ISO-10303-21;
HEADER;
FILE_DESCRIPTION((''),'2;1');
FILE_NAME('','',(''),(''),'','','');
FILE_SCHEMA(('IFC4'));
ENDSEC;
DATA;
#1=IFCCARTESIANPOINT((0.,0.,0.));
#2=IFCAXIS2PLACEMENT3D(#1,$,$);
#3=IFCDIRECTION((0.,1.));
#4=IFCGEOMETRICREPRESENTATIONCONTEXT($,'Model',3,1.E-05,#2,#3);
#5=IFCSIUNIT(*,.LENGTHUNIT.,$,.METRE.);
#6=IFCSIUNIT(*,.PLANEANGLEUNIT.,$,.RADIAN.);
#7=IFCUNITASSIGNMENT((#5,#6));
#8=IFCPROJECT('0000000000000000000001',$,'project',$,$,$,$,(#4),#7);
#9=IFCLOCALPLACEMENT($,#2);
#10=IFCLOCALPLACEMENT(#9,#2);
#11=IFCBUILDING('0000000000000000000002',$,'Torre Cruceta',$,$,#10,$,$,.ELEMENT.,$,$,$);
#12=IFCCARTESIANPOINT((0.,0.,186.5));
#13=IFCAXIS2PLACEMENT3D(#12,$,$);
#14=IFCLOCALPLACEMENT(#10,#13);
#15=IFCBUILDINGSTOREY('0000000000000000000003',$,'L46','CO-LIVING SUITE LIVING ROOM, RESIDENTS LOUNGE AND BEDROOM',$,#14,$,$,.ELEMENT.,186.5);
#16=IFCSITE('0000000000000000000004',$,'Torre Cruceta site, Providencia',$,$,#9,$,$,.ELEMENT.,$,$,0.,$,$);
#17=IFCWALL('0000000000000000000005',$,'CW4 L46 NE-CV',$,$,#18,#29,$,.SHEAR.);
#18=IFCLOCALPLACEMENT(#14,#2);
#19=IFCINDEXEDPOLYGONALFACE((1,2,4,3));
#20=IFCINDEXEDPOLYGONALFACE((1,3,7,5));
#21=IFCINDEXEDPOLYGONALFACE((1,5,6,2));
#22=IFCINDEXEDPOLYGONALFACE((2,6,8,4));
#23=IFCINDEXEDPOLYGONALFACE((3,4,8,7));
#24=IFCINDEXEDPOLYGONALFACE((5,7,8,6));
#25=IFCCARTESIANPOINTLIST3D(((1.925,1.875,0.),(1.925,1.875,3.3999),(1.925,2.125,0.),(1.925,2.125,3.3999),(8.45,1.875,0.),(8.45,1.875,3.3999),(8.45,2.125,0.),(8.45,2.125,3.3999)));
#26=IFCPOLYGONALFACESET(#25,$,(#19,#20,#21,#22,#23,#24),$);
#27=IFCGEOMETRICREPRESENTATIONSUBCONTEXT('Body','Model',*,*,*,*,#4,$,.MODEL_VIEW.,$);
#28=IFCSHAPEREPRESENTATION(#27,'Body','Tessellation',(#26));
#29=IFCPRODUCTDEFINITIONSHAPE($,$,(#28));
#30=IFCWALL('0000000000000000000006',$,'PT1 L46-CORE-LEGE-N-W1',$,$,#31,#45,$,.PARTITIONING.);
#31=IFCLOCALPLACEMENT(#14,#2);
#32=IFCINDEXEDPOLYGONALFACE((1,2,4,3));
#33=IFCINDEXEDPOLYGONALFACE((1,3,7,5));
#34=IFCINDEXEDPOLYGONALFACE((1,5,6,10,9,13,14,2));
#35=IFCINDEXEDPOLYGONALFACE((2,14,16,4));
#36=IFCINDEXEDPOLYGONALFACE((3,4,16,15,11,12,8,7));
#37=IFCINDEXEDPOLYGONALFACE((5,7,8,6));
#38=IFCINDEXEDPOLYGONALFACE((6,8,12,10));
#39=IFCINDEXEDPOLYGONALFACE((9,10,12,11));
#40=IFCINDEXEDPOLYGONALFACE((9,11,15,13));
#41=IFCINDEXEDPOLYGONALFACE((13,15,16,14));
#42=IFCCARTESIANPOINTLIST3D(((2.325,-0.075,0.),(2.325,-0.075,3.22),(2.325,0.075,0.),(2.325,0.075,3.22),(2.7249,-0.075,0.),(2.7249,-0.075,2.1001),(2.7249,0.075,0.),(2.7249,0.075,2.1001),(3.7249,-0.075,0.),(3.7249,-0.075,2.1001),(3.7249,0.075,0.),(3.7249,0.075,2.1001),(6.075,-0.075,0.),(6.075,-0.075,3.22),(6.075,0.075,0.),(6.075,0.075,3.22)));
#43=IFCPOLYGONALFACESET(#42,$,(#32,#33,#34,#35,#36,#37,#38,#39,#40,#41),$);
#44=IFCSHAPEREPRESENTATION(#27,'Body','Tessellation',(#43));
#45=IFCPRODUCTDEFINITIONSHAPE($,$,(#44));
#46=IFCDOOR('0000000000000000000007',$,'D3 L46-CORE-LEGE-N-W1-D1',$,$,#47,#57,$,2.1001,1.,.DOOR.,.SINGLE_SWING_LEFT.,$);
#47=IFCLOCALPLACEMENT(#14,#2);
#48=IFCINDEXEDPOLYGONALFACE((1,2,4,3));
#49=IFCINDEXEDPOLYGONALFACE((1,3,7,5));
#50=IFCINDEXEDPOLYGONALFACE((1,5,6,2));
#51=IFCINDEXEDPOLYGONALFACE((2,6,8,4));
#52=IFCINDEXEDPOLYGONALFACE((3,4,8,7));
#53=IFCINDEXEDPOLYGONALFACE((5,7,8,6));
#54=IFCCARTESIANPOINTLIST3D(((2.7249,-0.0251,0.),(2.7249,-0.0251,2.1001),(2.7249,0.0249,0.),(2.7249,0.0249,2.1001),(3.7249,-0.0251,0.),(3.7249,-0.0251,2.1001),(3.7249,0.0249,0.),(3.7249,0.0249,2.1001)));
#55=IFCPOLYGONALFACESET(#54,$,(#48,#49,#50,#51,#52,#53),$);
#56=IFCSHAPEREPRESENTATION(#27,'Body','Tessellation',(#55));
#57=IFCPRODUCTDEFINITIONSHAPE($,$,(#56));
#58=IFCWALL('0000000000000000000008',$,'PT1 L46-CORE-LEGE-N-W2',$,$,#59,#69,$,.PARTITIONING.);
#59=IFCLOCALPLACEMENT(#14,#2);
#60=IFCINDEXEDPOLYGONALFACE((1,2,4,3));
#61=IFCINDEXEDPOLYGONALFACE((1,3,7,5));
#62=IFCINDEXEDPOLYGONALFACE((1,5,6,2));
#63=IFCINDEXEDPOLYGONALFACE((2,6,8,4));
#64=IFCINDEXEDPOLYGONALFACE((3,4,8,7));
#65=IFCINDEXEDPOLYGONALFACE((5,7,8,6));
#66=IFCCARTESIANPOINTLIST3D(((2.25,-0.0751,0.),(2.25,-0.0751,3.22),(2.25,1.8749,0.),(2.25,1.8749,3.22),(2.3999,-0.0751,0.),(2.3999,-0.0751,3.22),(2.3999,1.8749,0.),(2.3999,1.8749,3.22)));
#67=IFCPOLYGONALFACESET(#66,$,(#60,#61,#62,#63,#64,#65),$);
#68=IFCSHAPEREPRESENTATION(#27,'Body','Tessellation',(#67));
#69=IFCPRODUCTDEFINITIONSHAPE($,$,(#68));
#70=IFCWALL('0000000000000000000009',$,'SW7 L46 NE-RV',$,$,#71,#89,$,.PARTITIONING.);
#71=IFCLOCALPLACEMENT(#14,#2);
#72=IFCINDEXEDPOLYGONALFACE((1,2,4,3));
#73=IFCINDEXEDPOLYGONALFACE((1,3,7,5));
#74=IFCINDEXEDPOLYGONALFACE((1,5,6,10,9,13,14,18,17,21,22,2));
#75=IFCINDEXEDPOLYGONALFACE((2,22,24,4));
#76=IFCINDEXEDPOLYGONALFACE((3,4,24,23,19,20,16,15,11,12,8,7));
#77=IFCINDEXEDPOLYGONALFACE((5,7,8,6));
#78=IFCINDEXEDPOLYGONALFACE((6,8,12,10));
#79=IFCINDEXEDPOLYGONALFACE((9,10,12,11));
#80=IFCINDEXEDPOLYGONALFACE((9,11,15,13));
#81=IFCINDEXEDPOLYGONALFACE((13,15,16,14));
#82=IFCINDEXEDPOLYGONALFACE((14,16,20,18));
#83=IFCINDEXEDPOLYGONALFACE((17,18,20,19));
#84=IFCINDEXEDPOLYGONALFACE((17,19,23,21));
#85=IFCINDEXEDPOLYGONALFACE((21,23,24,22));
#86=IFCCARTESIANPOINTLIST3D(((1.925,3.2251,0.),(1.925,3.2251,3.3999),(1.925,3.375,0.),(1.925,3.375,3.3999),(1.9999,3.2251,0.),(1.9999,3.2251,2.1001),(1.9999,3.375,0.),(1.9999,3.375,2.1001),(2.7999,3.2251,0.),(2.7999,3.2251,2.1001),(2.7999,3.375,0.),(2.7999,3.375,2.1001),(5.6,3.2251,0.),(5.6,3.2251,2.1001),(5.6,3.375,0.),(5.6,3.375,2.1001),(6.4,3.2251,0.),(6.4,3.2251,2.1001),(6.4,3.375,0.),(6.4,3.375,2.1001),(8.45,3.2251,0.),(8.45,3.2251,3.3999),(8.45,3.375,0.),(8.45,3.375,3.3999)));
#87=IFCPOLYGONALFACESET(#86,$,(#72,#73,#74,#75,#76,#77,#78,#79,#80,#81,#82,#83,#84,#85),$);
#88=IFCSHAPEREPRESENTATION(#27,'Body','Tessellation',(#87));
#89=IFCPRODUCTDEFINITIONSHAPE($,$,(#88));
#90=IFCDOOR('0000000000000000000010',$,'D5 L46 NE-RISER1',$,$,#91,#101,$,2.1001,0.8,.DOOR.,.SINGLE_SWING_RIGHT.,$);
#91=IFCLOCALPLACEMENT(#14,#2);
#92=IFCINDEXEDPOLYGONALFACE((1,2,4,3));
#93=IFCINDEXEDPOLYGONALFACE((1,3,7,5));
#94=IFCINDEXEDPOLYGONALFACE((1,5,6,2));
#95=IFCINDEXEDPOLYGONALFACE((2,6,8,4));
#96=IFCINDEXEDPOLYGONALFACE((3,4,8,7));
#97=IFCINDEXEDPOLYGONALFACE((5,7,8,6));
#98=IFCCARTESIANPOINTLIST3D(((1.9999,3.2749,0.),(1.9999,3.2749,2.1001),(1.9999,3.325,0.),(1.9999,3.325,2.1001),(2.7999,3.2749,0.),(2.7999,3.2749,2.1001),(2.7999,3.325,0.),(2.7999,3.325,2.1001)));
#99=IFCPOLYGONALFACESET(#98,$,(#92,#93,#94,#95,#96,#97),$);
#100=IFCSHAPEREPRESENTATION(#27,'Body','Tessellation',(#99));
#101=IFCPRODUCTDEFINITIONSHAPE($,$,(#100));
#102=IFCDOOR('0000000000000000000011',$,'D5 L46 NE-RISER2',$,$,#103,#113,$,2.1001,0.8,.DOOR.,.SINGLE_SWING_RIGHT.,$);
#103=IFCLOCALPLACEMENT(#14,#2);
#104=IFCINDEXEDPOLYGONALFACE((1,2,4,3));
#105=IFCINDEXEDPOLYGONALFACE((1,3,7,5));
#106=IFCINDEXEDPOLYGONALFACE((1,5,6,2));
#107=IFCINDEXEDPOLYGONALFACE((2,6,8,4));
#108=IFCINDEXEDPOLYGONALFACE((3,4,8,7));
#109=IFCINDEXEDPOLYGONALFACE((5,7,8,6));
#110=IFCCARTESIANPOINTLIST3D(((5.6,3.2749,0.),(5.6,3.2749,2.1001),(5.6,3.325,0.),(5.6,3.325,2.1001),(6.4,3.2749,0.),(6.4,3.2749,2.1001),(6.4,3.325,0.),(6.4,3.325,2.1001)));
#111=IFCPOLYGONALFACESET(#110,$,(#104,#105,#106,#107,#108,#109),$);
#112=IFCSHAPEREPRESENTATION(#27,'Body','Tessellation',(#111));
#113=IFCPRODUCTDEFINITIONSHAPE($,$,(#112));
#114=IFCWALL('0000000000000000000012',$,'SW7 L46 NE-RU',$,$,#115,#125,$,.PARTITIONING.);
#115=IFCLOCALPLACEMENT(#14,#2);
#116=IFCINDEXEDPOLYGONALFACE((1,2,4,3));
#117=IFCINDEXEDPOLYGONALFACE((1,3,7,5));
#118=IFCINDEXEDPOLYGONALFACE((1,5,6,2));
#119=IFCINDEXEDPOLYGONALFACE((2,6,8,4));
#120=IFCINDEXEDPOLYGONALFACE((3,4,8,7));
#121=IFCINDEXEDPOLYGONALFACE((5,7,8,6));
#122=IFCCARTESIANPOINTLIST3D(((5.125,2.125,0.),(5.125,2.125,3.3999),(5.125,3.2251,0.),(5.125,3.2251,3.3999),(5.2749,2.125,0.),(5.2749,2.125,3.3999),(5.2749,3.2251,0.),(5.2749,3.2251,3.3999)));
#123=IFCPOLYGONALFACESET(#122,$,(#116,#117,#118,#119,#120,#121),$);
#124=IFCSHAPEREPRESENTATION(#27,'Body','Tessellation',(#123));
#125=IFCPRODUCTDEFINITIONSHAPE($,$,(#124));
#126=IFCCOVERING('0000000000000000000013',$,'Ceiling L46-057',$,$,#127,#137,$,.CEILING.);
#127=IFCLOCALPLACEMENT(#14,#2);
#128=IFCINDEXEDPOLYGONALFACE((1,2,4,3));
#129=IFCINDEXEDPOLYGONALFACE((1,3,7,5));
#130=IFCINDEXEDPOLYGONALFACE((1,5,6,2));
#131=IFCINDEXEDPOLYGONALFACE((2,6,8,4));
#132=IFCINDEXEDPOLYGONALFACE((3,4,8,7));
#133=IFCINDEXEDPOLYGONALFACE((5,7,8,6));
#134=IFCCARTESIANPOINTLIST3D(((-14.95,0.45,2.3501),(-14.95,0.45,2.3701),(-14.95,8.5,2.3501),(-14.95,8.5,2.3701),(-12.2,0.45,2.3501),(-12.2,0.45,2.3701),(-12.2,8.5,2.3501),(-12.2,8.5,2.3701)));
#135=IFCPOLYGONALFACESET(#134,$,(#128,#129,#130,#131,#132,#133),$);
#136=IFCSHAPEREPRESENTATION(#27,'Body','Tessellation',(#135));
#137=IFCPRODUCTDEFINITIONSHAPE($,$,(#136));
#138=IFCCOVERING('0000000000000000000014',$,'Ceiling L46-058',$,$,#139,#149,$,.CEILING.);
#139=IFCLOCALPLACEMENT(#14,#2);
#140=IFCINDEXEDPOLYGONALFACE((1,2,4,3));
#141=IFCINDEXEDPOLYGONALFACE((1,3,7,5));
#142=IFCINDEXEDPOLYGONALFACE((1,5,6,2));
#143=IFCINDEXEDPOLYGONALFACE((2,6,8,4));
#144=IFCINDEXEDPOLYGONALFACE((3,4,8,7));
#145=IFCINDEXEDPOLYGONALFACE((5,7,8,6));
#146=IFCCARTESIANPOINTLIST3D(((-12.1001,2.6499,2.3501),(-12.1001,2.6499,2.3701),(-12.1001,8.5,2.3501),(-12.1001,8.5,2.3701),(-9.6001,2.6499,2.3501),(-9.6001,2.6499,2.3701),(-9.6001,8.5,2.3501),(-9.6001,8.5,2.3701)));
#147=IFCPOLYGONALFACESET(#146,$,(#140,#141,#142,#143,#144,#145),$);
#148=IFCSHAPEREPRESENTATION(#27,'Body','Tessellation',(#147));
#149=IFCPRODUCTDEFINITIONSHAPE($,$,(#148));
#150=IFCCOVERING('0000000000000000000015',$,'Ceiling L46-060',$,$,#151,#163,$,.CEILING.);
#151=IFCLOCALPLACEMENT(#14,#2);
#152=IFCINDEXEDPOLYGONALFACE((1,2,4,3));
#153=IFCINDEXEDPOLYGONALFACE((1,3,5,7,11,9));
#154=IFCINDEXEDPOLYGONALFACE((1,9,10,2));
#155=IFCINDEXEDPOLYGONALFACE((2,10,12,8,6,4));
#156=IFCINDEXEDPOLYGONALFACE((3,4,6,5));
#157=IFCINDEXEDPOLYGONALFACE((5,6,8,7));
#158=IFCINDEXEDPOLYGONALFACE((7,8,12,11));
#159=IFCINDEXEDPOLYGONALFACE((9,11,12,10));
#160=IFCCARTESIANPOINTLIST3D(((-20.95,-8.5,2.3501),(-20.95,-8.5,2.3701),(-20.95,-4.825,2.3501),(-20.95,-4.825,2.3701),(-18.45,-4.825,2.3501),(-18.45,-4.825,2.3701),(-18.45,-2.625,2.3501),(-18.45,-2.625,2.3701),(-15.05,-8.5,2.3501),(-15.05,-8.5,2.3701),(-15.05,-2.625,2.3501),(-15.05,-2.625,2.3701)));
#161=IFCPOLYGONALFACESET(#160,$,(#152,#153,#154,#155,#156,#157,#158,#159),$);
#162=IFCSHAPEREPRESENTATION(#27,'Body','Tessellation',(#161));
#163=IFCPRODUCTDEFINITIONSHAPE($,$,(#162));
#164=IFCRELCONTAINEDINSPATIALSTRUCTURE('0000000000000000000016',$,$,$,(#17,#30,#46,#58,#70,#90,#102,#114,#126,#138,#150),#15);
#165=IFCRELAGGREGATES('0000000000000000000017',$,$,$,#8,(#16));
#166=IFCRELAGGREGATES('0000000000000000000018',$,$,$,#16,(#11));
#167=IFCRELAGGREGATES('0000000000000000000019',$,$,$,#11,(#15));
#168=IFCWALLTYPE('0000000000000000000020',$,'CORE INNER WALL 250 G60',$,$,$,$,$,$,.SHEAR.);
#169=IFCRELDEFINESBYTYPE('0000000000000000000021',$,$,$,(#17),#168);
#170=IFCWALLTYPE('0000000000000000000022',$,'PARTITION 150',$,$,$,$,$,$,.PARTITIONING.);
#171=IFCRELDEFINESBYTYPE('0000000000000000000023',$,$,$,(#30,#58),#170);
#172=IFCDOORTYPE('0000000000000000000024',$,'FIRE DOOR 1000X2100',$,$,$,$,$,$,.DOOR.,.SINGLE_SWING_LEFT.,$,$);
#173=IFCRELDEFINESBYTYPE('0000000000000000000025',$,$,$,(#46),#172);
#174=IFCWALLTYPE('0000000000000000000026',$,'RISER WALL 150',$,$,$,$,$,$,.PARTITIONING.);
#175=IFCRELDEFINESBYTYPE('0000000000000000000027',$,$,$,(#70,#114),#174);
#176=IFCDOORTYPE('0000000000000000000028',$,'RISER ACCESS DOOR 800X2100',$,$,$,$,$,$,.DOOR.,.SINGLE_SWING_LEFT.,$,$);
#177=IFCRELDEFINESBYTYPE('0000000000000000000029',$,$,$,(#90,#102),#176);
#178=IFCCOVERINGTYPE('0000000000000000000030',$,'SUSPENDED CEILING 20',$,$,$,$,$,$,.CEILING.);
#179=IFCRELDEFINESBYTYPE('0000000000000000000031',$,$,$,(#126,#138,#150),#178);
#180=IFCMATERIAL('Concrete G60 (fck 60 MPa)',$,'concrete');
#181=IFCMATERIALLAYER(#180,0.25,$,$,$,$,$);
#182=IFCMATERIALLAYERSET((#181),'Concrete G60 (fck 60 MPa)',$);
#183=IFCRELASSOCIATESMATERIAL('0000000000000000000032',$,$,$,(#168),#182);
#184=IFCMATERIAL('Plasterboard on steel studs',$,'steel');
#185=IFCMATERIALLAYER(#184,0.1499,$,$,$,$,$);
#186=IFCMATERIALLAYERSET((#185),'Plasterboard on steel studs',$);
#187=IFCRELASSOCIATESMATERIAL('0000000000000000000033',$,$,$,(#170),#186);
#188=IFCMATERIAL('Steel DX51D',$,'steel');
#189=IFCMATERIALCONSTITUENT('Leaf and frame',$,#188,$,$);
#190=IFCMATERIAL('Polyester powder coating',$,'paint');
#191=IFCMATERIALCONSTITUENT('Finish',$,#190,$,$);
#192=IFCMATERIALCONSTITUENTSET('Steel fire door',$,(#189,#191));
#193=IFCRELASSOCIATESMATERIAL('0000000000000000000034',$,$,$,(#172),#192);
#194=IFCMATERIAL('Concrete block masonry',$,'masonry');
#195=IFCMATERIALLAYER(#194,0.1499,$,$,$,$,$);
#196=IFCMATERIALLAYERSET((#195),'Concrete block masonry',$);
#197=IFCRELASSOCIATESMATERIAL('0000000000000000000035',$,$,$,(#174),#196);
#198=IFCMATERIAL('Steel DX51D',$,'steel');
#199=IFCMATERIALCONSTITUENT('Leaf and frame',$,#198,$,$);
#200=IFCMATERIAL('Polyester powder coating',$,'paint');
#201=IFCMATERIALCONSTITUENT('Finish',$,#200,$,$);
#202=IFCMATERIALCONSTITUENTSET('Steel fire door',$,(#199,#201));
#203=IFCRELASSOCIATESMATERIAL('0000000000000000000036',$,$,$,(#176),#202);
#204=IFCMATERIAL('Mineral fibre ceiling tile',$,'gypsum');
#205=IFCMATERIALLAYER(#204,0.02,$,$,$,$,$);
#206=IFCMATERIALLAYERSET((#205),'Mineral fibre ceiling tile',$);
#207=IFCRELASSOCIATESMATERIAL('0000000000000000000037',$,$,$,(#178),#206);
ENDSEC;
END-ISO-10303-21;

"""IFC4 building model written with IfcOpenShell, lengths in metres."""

from ifc_helpers import new_model, si_unit, direction, frame, frame_2d, origin, place, context, subcontext, project, spatial, polyline, rectangle, outline, extrude, material, layer, layer_set, constituent, constituent_set, type_object, element, fill, save


model = new_model("IFC4")

# Units and contexts
model_context = context("Model", 3, precision=1e-05, world=origin(), true_north=direction((0.0, 1.0)))
body_context = subcontext(model_context, "Body", "Model", "MODEL_VIEW")
ifc_project = project(units=[si_unit("LENGTHUNIT", "METRE"), si_unit("PLANEANGLEUNIT", "RADIAN")], contexts=[model_context])

# Site, building, storey
site_placement = place(None, origin())
site = spatial("IfcSite", under=ifc_project, at=site_placement, Name="Torre Cruceta site, Providencia", CompositionType="ELEMENT", RefElevation=0.0)
building_placement = place(site_placement, origin())
building = spatial("IfcBuilding", under=site, at=building_placement, Name="Torre Cruceta", CompositionType="ELEMENT")
storey_placement = place(building_placement, frame((0.0, 0.0, 186.5)))
storey = spatial("IfcBuildingStorey", under=building, at=storey_placement, Name="L46", Description="CO-LIVING SUITE LIVING ROOM, RESIDENTS LOUNGE AND BEDROOM", CompositionType="ELEMENT", Elevation=186.5)

# Shared definitions
ifc_material_1 = material(Name="Concrete G60 (fck 60 MPa)", Category="concrete")
ifc_layer_1 = layer(ifc_material_1, 0.25)
ifc_layer_set_1 = layer_set([ifc_layer_1], Name="Concrete G60 (fck 60 MPa)")
wall_type_1 = type_object("IfcWallType", Name="CORE INNER WALL 250 G60", PredefinedType="SHEAR", material=ifc_layer_set_1)

# Wall
wall_1_placement = place(storey_placement, frame((1.925, 2.0, 0.0), z_axis=(0.0, 0.0, 1.0), x_axis=(1.0, 0.0, 0.0)))
element("IfcWall", 1, at=wall_1_placement, inside=storey, type_object=wall_type_1, Name="CW4 L46 NE-CV", PredefinedType="SHEAR", context=body_context, shape_type="SweptSolid", body=[
    extrude(rectangle(XDim=6.5249, YDim=0.25, at=frame_2d((3.2625, 0.0))), origin(), (0.0, 0.0, 1.0), 3.3999),
])

# Wall, opening, door
ifc_material_2 = material(Name="Plasterboard on steel studs", Category="steel")
ifc_layer_2 = layer(ifc_material_2, 0.1499)
ifc_layer_set_2 = layer_set([ifc_layer_2], Name="Plasterboard on steel studs")
wall_type_2 = type_object("IfcWallType", Name="PARTITION 150", PredefinedType="PARTITIONING", material=ifc_layer_set_2)
wall_2_placement = place(storey_placement, frame((2.325, 0.0, 0.0), z_axis=(0.0, 0.0, 1.0), x_axis=(1.0, 0.0, 0.0)))
wall_2 = element("IfcWall", 2, at=wall_2_placement, inside=storey, type_object=wall_type_2, Name="PT1 L46-CORE-LEGE-N-W1", PredefinedType="PARTITIONING", context=body_context, shape_type="SweptSolid", body=[
    extrude(rectangle(XDim=3.75, YDim=0.1499, at=frame_2d((1.875, 0.0))), origin(), (0.0, 0.0, 1.0), 3.22),
])
opening_1_placement = place(wall_2_placement, frame((0.3999, 0.0, 0.0)))
opening_1 = element("IfcOpeningElement", 3, at=opening_1_placement, cuts=wall_2, PredefinedType="OPENING", context=body_context, shape_type="SweptSolid", body=[
    extrude(rectangle(XDim=1.0, YDim=2.1001, at=frame_2d((0.5, 1.05))), frame((0.0, 0.085, 0.0), z_axis=(0.0, -1.0, 0.0), x_axis=(1.0, 0.0, 0.0)), (0.0, 0.0, 1.0), 0.1699),
])
ifc_material_3 = material(Name="Steel DX51D", Category="steel")
ifc_constituent_1 = constituent(ifc_material_3, Name="Leaf and frame")
ifc_material_4 = material(Name="Polyester powder coating", Category="paint")
ifc_constituent_2 = constituent(ifc_material_4, Name="Finish")
ifc_constituent_set_1 = constituent_set(constituents=[ifc_constituent_1, ifc_constituent_2], Name="Steel fire door")
door_type_1 = type_object("IfcDoorType", Name="FIRE DOOR 1000X2100", OperationType="SINGLE_SWING_LEFT", PredefinedType="DOOR", material=ifc_constituent_set_1)
door_1_placement = place(opening_1_placement, origin())
door_1 = element("IfcDoor", 4, at=door_1_placement, inside=storey, type_object=door_type_1, Name="D3 L46-CORE-LEGE-N-W1-D1", OperationType="SINGLE_SWING_LEFT", OverallHeight=2.1001, OverallWidth=1.0, PredefinedType="DOOR", context=body_context, shape_type="SweptSolid", body=[
    extrude(rectangle(XDim=1.0, YDim=2.1001, at=frame_2d((0.5, 1.05))), frame((0.0, 0.0249, 0.0), z_axis=(0.0, -1.0, 0.0), x_axis=(1.0, 0.0, 0.0)), (0.0, 0.0, 1.0), 0.05),
])
fill(opening_1, door_1)

# Wall
wall_3_placement = place(storey_placement, frame((2.325, 1.875, 0.0), z_axis=(0.0, 0.0, 1.0), x_axis=(0.0, -1.0, 0.0)))
element("IfcWall", 5, at=wall_3_placement, inside=storey, type_object=wall_type_2, Name="PT1 L46-CORE-LEGE-N-W2", PredefinedType="PARTITIONING", context=body_context, shape_type="SweptSolid", body=[
    extrude(rectangle(XDim=1.95, YDim=0.1499, at=frame_2d((0.9751, 0.0))), origin(), (0.0, 0.0, 1.0), 3.22),
])

# Wall, openings, doors
ifc_material_5 = material(Name="Concrete block masonry", Category="masonry")
ifc_layer_3 = layer(ifc_material_5, 0.1499)
ifc_layer_set_3 = layer_set([ifc_layer_3], Name="Concrete block masonry")
wall_type_3 = type_object("IfcWallType", Name="RISER WALL 150", PredefinedType="PARTITIONING", material=ifc_layer_set_3)
wall_4_placement = place(storey_placement, frame((1.925, 3.3, 0.0), z_axis=(0.0, 0.0, 1.0), x_axis=(1.0, 0.0, 0.0)))
wall_4 = element("IfcWall", 6, at=wall_4_placement, inside=storey, type_object=wall_type_3, Name="SW7 L46 NE-RV", PredefinedType="PARTITIONING", context=body_context, shape_type="SweptSolid", body=[
    extrude(rectangle(XDim=6.5249, YDim=0.1499, at=frame_2d((3.2625, 0.0))), origin(), (0.0, 0.0, 1.0), 3.3999),
])
opening_2_placement = place(wall_4_placement, frame((0.075, 0.0, 0.0)))
opening_2 = element("IfcOpeningElement", 7, at=opening_2_placement, cuts=wall_4, PredefinedType="OPENING", context=body_context, shape_type="SweptSolid", body=[
    extrude(rectangle(XDim=0.8, YDim=2.1001, at=frame_2d((0.3999, 1.05))), frame((0.0, 0.085, 0.0), z_axis=(0.0, -1.0, 0.0), x_axis=(1.0, 0.0, 0.0)), (0.0, 0.0, 1.0), 0.1699),
])
opening_3_placement = place(wall_4_placement, frame((3.675, 0.0, 0.0)))
opening_3 = element("IfcOpeningElement", 8, at=opening_3_placement, cuts=wall_4, PredefinedType="OPENING", context=body_context, shape_type="SweptSolid", body=[
    extrude(rectangle(XDim=0.8, YDim=2.1001, at=frame_2d((0.3999, 1.05))), frame((0.0, 0.085, 0.0), z_axis=(0.0, -1.0, 0.0), x_axis=(1.0, 0.0, 0.0)), (0.0, 0.0, 1.0), 0.1699),
])
ifc_material_6 = material(Name="Steel DX51D", Category="steel")
ifc_constituent_3 = constituent(ifc_material_6, Name="Leaf and frame")
ifc_material_7 = material(Name="Polyester powder coating", Category="paint")
ifc_constituent_4 = constituent(ifc_material_7, Name="Finish")
ifc_constituent_set_2 = constituent_set(constituents=[ifc_constituent_3, ifc_constituent_4], Name="Steel fire door")
door_type_2 = type_object("IfcDoorType", Name="RISER ACCESS DOOR 800X2100", OperationType="SINGLE_SWING_LEFT", PredefinedType="DOOR", material=ifc_constituent_set_2)
door_2_placement = place(opening_2_placement, frame((0.8, 0.0, 0.0), z_axis=(0.0, 0.0, 1.0), x_axis=(-1.0, 0.0, 0.0)))
door_2 = element("IfcDoor", 9, at=door_2_placement, inside=storey, type_object=door_type_2, Name="D5 L46 NE-RISER1", OperationType="SINGLE_SWING_RIGHT", OverallHeight=2.1001, OverallWidth=0.8, PredefinedType="DOOR", context=body_context, shape_type="SweptSolid", body=[
    extrude(rectangle(XDim=0.8, YDim=2.1001, at=frame_2d((0.4001, 1.05))), frame((0.0, 0.0251, 0.0), z_axis=(0.0, -1.0, 0.0), x_axis=(1.0, 0.0, 0.0)), (0.0, 0.0, 1.0), 0.05),
])
fill(opening_2, door_2)
door_3_placement = place(opening_3_placement, frame((0.8, 0.0, 0.0), z_axis=(0.0, 0.0, 1.0), x_axis=(-1.0, 0.0, 0.0)))
door_3 = element("IfcDoor", 10, at=door_3_placement, inside=storey, type_object=door_type_2, Name="D5 L46 NE-RISER2", OperationType="SINGLE_SWING_RIGHT", OverallHeight=2.1001, OverallWidth=0.8, PredefinedType="DOOR", context=body_context, shape_type="SweptSolid", body=[
    extrude(rectangle(XDim=0.8, YDim=2.1001, at=frame_2d((0.4001, 1.05))), frame((0.0, 0.0251, 0.0), z_axis=(0.0, -1.0, 0.0), x_axis=(1.0, 0.0, 0.0)), (0.0, 0.0, 1.0), 0.05),
])
fill(opening_3, door_3)

# Wall
wall_5_placement = place(storey_placement, frame((5.2, 2.125, 0.0), z_axis=(0.0, 0.0, 1.0), x_axis=(0.0, 1.0, 0.0)))
element("IfcWall", 11, at=wall_5_placement, inside=storey, type_object=wall_type_3, Name="SW7 L46 NE-RU", PredefinedType="PARTITIONING", context=body_context, shape_type="SweptSolid", body=[
    extrude(rectangle(XDim=1.1001, YDim=0.1499, at=frame_2d((0.55, 0.0))), origin(), (0.0, 0.0, 1.0), 3.3999),
])

# Coverings
ifc_material_8 = material(Name="Mineral fibre ceiling tile", Category="gypsum")
ifc_layer_4 = layer(ifc_material_8, 0.02)
ifc_layer_set_4 = layer_set([ifc_layer_4], Name="Mineral fibre ceiling tile")
covering_type = type_object("IfcCoveringType", Name="SUSPENDED CEILING 20", PredefinedType="CEILING", material=ifc_layer_set_4)
covering_1_placement = place(storey_placement, frame((0.0, 0.0, 2.3501)))
element("IfcCovering", 12, at=covering_1_placement, inside=storey, type_object=covering_type, Name="Ceiling L46-057", PredefinedType="CEILING", context=body_context, shape_type="SweptSolid", body=[
    extrude(outline(polyline([(-14.95, 8.5), (-12.2, 8.5), (-12.2, 0.45), (-14.95, 0.45), (-14.95, 8.5)])), origin(), (0.0, 0.0, 1.0), 0.02),
])
covering_2_placement = place(storey_placement, frame((0.0, 0.0, 2.3501)))
element("IfcCovering", 13, at=covering_2_placement, inside=storey, type_object=covering_type, Name="Ceiling L46-058", PredefinedType="CEILING", context=body_context, shape_type="SweptSolid", body=[
    extrude(outline(polyline([(-9.6001, 8.5), (-9.6001, 2.6499), (-12.1001, 2.6499), (-12.1001, 8.5), (-9.6001, 8.5)])), origin(), (0.0, 0.0, 1.0), 0.02),
])
covering_3_placement = place(storey_placement, frame((0.0, 0.0, 2.3501)))
element("IfcCovering", 14, at=covering_3_placement, inside=storey, type_object=covering_type, Name="Ceiling L46-060", PredefinedType="CEILING", context=body_context, shape_type="SweptSolid", body=[
    extrude(outline(polyline([(-15.05, -2.625), (-15.05, -8.5), (-20.95, -8.5), (-20.95, -4.825), (-18.45, -4.825), (-18.45, -2.625), (-15.05, -2.625)])), origin(), (0.0, 0.0, 1.0), 0.02),
])

save(model, "model.ifc")
